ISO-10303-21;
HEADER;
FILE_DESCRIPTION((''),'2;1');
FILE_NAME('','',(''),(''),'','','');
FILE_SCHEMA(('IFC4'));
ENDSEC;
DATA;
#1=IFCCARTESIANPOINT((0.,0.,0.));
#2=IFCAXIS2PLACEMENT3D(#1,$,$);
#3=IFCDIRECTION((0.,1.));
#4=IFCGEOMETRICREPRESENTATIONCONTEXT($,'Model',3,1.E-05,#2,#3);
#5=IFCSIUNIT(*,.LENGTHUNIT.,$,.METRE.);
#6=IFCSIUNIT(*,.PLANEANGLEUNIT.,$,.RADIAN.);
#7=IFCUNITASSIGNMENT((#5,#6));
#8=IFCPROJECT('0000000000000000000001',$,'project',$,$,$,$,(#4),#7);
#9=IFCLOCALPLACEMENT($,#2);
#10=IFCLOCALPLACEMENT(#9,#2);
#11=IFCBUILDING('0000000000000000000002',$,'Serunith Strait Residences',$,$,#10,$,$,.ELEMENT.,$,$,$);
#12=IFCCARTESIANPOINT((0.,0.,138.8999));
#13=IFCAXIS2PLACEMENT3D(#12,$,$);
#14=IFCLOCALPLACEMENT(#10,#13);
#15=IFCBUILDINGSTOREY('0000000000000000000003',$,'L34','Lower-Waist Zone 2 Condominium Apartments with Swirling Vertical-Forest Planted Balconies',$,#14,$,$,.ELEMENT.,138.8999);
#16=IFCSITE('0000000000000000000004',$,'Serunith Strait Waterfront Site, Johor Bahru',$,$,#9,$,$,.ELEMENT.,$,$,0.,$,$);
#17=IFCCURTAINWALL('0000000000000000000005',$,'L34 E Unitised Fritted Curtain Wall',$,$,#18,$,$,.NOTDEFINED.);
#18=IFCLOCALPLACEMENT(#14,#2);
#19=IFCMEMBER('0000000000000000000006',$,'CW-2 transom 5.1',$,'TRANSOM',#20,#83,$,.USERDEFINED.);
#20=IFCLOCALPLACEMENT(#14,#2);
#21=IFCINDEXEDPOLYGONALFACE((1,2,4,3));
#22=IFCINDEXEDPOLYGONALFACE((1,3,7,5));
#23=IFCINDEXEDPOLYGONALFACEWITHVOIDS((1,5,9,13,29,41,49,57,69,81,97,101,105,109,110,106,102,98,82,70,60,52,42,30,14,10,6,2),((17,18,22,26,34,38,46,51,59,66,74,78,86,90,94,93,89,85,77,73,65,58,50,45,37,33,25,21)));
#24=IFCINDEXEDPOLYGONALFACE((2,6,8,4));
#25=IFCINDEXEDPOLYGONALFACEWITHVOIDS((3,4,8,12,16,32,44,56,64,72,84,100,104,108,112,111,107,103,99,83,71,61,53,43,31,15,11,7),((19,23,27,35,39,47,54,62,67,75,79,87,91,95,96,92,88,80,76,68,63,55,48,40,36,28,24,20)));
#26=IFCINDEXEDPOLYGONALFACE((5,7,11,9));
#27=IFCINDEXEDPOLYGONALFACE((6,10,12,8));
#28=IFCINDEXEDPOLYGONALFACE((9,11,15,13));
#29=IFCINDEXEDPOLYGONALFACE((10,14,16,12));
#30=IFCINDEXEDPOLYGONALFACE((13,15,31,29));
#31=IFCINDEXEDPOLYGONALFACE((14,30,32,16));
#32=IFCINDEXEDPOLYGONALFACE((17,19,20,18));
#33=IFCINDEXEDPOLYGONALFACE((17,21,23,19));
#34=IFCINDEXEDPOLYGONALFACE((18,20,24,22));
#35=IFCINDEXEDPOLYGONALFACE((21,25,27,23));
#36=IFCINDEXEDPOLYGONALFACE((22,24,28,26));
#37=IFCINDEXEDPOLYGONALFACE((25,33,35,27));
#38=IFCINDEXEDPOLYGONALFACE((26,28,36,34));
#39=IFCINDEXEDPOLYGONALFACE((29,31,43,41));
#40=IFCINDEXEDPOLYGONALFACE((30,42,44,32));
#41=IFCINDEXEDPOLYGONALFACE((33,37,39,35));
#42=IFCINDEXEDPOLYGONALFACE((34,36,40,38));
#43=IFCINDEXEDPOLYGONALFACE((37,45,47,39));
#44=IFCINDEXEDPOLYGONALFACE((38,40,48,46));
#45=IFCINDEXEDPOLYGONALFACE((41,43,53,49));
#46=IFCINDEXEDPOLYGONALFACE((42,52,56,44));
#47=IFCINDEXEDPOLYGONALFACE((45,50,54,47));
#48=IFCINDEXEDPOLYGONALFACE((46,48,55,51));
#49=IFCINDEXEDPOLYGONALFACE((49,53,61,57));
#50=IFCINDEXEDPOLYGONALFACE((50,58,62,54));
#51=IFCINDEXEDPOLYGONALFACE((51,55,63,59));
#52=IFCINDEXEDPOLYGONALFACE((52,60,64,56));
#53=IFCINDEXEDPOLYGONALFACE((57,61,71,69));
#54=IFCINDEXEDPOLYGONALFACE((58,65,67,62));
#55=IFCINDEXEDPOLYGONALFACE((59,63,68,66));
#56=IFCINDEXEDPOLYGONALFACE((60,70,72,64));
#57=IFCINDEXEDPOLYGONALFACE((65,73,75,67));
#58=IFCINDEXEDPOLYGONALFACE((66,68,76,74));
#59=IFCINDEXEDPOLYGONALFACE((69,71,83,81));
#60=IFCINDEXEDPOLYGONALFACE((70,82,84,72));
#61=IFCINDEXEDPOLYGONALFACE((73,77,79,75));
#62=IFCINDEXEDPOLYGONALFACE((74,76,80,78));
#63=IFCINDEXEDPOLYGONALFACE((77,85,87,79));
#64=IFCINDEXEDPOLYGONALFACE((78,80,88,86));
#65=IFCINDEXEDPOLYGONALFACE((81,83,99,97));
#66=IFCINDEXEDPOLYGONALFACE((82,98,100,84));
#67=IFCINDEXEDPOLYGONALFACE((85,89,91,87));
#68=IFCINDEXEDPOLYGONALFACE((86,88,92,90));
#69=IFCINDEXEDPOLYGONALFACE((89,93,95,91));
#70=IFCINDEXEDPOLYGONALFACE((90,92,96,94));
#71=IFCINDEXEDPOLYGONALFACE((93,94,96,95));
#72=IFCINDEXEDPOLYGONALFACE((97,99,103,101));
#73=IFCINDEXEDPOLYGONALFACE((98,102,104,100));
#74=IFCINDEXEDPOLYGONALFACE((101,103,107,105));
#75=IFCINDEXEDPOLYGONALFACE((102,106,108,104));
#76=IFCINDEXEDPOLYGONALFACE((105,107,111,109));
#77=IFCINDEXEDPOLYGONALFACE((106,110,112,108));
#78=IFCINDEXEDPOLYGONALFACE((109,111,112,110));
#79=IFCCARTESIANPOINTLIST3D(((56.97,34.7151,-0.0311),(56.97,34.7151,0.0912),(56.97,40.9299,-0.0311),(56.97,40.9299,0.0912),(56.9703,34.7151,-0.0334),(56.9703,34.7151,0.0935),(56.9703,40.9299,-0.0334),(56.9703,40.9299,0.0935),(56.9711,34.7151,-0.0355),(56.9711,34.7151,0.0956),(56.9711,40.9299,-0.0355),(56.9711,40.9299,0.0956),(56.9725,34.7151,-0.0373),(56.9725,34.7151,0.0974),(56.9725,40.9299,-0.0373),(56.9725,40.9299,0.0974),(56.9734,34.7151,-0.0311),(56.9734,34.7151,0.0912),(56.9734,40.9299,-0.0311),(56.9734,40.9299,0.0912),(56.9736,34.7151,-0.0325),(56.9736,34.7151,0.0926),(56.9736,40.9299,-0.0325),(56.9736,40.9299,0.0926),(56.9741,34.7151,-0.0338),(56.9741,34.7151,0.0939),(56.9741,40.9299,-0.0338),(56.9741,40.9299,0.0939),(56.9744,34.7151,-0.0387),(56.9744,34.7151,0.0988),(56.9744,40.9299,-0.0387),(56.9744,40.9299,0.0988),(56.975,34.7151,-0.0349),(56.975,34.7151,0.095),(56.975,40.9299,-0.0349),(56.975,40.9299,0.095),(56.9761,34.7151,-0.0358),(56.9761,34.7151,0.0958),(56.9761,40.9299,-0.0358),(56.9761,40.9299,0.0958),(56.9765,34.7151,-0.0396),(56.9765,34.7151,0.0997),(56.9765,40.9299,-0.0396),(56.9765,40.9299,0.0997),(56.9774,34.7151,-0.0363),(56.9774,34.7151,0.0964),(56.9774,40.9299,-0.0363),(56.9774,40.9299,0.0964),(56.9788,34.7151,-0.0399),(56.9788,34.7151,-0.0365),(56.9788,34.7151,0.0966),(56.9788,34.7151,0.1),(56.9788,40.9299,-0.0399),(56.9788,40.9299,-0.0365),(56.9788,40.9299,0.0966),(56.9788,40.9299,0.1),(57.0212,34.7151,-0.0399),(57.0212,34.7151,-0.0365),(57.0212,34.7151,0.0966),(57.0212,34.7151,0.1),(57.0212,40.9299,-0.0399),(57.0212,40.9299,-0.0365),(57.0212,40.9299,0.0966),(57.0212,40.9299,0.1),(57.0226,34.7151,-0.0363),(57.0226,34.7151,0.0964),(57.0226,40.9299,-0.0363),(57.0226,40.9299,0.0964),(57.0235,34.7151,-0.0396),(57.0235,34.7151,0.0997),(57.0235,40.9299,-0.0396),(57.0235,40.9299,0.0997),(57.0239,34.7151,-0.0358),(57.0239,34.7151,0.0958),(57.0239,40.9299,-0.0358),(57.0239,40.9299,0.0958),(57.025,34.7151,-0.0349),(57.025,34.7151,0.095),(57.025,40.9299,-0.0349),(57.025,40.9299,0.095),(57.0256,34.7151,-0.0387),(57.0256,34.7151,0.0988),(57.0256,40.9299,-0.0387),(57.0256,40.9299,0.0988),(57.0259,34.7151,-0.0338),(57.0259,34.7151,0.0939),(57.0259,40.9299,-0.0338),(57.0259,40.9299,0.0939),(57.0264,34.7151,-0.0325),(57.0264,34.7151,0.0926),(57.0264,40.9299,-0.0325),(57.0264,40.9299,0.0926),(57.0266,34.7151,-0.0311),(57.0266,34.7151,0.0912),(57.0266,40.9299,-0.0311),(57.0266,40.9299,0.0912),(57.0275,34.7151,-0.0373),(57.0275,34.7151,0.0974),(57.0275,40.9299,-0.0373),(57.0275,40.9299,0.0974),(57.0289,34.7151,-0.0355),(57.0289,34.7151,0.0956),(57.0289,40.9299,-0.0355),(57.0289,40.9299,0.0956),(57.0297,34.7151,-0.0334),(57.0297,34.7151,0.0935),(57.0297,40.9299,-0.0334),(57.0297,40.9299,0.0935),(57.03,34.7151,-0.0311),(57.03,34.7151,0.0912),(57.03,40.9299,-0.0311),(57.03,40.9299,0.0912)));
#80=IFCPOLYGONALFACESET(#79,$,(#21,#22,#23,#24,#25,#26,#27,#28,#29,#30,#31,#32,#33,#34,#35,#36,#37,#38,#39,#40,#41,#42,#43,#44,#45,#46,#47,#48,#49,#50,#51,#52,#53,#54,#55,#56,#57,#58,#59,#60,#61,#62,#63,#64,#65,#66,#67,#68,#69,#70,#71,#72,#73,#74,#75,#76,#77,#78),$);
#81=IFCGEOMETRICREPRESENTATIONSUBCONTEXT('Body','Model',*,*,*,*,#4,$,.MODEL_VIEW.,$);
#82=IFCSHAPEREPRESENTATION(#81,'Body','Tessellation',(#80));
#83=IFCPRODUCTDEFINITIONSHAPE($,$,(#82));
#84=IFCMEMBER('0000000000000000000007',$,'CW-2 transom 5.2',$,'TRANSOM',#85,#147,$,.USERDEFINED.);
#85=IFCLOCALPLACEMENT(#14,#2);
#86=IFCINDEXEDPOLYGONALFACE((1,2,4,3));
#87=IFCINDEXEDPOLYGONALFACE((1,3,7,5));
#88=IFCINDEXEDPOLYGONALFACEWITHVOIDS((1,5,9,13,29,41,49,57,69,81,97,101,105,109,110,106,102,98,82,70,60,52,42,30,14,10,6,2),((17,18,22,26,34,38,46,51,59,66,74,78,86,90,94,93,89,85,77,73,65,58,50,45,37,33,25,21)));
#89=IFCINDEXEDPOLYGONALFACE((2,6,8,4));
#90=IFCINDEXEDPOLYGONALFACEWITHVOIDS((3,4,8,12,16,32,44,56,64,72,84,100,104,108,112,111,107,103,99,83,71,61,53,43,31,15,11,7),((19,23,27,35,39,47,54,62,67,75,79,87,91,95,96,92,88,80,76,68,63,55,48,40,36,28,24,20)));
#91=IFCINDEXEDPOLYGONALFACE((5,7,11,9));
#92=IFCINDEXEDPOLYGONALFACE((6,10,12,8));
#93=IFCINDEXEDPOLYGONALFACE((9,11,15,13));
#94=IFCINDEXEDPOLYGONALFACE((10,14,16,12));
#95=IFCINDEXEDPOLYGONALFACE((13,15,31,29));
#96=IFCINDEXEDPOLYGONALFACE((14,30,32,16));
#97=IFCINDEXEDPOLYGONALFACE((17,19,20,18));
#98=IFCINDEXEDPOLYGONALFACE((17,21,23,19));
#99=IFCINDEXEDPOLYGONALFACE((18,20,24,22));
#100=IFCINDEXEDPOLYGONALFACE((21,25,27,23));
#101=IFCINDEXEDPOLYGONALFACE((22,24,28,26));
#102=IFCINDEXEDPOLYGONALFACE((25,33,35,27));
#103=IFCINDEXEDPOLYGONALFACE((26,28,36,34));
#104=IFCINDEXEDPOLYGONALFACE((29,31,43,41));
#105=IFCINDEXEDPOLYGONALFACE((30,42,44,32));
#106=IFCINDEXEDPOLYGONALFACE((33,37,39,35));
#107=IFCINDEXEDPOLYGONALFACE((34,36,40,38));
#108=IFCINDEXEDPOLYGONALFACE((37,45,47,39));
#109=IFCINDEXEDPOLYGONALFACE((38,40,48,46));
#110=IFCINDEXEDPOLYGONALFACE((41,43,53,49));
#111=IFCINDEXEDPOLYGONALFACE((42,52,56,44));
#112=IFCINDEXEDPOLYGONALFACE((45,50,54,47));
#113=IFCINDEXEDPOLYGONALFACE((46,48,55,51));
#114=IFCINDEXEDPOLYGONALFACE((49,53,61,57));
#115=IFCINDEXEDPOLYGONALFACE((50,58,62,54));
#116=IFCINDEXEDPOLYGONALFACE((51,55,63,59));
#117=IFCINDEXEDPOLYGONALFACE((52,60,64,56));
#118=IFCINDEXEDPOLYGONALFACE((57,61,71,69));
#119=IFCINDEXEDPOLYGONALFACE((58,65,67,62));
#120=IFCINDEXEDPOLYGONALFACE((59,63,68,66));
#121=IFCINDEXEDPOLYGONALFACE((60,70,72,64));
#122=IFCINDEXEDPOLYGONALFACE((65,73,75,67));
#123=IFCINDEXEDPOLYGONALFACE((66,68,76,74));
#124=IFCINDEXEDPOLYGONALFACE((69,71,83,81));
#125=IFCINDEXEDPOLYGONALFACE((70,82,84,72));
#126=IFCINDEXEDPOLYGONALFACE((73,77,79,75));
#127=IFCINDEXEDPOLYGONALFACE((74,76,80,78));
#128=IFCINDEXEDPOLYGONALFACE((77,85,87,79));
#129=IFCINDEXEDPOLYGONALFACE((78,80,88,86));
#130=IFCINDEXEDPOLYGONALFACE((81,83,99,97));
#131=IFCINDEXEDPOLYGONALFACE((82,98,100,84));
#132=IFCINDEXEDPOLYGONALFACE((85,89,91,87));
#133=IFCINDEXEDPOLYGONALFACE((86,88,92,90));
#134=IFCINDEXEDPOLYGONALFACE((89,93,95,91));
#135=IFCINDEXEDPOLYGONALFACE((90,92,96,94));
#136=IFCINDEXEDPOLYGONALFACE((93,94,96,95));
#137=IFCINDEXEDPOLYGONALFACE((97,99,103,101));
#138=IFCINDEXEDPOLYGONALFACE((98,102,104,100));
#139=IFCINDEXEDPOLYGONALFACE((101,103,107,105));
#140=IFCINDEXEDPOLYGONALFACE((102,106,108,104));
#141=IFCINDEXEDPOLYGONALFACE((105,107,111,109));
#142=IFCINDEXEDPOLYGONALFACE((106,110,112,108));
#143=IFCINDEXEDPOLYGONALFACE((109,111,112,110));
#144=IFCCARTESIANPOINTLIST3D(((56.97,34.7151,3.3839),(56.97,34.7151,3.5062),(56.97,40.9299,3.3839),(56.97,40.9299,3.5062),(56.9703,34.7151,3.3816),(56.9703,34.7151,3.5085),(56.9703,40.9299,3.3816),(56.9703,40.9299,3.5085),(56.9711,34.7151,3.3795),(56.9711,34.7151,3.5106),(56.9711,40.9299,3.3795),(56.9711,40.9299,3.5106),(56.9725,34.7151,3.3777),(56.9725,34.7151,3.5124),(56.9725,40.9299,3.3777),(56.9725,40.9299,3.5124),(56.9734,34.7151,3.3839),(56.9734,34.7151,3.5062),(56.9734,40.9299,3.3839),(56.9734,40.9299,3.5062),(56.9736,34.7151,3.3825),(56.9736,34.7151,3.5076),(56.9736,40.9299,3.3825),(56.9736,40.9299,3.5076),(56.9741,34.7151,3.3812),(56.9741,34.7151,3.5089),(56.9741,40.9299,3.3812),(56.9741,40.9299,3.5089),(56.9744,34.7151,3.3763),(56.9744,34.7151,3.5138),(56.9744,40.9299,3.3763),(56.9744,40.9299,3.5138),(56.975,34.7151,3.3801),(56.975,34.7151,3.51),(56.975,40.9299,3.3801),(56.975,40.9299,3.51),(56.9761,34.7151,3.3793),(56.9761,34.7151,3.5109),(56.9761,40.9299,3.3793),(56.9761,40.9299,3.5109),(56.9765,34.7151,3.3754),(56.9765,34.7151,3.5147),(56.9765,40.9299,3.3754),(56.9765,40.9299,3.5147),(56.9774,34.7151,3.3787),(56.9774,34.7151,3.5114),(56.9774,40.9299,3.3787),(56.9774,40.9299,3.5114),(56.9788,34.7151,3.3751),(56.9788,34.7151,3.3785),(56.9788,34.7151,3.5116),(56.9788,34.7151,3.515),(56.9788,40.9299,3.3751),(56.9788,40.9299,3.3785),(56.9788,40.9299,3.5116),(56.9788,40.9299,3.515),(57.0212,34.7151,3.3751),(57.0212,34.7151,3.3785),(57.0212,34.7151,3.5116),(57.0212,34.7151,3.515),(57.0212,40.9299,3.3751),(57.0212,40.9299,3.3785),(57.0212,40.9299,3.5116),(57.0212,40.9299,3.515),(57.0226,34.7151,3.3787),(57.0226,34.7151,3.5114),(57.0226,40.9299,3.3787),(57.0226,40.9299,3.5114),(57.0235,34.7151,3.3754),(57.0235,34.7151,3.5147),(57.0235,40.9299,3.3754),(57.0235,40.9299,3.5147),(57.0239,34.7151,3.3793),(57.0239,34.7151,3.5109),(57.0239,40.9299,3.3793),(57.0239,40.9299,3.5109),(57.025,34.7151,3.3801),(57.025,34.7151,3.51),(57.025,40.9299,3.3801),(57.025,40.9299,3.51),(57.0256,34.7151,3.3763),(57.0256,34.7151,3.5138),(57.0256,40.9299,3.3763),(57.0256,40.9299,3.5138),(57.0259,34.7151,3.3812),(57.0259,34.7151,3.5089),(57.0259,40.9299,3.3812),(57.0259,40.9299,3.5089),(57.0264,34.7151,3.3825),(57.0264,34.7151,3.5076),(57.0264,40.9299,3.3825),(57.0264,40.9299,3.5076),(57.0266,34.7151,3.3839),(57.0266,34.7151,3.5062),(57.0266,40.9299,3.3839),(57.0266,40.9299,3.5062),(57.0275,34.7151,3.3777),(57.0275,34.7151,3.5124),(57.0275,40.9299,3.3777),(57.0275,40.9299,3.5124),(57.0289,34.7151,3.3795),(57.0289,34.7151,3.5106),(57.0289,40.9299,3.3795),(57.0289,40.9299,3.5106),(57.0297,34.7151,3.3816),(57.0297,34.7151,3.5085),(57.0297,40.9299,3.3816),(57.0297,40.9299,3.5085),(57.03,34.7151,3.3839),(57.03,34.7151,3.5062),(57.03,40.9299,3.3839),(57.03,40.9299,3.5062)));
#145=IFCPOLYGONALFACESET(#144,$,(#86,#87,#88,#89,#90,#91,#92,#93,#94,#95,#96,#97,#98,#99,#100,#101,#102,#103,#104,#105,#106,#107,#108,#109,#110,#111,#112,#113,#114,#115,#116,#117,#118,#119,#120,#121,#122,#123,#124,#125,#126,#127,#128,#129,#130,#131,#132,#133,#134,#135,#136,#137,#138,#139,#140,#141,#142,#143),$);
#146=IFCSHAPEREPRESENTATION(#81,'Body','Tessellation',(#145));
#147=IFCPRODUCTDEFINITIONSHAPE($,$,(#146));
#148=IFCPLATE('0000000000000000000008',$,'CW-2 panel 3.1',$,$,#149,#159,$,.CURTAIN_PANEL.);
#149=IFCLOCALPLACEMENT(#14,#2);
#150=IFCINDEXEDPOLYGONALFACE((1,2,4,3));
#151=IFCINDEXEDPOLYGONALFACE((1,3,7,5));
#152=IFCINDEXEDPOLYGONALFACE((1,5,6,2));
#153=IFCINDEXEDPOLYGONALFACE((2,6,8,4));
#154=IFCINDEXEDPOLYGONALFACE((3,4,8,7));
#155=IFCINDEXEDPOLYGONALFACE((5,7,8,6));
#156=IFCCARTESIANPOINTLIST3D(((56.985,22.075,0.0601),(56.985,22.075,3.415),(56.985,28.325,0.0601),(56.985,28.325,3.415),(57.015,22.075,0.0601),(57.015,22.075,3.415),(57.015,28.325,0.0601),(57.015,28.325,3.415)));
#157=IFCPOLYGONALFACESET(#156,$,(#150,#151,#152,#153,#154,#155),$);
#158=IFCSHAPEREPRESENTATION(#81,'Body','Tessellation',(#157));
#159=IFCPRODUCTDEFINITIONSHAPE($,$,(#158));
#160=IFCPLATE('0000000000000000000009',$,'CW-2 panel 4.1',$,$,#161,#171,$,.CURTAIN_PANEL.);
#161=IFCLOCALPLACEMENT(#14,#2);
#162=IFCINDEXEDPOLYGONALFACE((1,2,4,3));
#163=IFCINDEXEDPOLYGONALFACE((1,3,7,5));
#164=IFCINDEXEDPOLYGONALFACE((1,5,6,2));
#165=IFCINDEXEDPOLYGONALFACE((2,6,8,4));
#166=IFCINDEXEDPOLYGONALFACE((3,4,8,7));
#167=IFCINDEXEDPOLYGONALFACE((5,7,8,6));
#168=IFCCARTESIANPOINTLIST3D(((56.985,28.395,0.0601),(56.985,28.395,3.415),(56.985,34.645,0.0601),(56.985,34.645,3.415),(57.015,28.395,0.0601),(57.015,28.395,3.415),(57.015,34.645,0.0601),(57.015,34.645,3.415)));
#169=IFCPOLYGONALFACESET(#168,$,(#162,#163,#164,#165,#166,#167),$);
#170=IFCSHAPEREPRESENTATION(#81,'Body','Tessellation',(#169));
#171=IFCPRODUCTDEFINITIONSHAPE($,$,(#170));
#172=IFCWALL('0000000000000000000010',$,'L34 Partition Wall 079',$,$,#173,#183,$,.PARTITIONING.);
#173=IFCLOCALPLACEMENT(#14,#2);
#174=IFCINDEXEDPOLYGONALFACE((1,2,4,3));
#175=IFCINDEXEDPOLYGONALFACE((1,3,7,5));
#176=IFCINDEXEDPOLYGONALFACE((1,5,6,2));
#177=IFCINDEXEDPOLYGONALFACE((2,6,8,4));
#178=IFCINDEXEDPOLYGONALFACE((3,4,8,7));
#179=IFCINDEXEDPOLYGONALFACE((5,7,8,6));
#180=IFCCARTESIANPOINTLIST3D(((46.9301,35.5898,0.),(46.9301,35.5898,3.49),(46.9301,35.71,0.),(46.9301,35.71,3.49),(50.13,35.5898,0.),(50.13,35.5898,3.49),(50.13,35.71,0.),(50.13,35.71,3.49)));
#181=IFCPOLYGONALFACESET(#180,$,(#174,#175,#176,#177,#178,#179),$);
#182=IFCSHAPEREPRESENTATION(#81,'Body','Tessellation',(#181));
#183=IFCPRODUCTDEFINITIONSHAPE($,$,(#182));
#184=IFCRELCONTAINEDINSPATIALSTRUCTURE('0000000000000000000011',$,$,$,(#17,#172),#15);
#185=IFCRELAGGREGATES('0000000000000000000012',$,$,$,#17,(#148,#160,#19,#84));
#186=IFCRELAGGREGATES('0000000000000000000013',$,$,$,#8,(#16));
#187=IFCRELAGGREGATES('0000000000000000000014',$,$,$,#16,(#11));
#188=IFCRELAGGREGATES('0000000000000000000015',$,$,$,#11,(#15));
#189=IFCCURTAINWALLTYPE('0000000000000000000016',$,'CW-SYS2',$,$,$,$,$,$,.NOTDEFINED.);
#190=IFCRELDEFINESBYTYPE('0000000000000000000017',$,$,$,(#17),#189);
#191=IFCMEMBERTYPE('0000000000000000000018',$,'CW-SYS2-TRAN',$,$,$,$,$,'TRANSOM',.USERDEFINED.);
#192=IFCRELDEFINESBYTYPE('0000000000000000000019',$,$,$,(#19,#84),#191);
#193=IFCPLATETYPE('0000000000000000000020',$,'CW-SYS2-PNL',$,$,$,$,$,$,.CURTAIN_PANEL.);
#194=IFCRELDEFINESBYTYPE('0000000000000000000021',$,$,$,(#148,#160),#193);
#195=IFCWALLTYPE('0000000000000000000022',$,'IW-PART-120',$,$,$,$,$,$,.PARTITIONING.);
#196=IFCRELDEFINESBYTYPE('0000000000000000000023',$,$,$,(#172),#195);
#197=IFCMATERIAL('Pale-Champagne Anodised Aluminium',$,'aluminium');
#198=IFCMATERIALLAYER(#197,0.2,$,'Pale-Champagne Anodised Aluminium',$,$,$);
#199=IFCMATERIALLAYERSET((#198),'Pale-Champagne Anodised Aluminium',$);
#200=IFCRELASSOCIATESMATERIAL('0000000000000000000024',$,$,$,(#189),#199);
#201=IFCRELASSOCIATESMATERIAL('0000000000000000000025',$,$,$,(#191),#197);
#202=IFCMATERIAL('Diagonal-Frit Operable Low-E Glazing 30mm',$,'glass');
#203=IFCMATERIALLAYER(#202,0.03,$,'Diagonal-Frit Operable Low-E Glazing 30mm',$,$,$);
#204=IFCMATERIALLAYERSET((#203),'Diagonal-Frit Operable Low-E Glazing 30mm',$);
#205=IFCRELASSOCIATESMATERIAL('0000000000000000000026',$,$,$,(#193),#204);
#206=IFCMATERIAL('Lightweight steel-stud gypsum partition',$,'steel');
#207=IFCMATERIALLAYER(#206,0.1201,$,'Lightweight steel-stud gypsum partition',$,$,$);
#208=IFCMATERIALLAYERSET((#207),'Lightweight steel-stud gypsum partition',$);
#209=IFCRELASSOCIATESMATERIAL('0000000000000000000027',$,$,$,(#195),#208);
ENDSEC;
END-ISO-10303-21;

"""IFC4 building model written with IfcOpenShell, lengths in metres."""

from ifc_helpers import new_model, si_unit, direction, frame, frame_2d, origin, origin_2d, place, context, subcontext, project, spatial, rectangle, hollow_rectangle, extrude, source, transform, mapped, material, layer, layer_set, material_profile, profile_set, type_object, element, aggregate, save


model = new_model("IFC4")

# Units and contexts
model_context = context("Model", 3, precision=1e-05, world=origin(), true_north=direction((0.0, 1.0)))
body_context = subcontext(model_context, "Body", "Model", "MODEL_VIEW")
ifc_project = project(units=[si_unit("LENGTHUNIT", "METRE"), si_unit("PLANEANGLEUNIT", "RADIAN")], contexts=[model_context])

# Site, building, storey
site_placement = place(None, origin())
site = spatial("IfcSite", under=ifc_project, at=site_placement, Name="Serunith Strait Waterfront Site, Johor Bahru", CompositionType="ELEMENT", RefElevation=0.0)
building_placement = place(site_placement, origin())
building = spatial("IfcBuilding", under=site, at=building_placement, Name="Serunith Strait Residences", CompositionType="ELEMENT")
storey_placement = place(building_placement, frame((0.0, 0.0, 138.8999)))
storey = spatial("IfcBuildingStorey", under=building, at=storey_placement, Name="L34", Description="Lower-Waist Zone 2 Condominium Apartments with Swirling Vertical-Forest Planted Balconies", CompositionType="ELEMENT", Elevation=138.8999)

# Curtain wall, members, plates
ifc_material_1 = material(Name="Pale-Champagne Anodised Aluminium", Category="aluminium")
ifc_layer_1 = layer(ifc_material_1, 0.2, Name="Pale-Champagne Anodised Aluminium")
ifc_layer_set_1 = layer_set([ifc_layer_1], Name="Pale-Champagne Anodised Aluminium")
curtain_wall_type = type_object("IfcCurtainWallType", Name="CW-SYS2", PredefinedType="NOTDEFINED", material=ifc_layer_set_1)
curtain_wall_placement = place(storey_placement, origin())
curtain_wall = element("IfcCurtainWall", 1, at=curtain_wall_placement, inside=storey, type_object=curtain_wall_type, Name="L34 E Unitised Fritted Curtain Wall", PredefinedType="NOTDEFINED")
ifc_material_profile_1 = material_profile(ifc_material_1, hollow_rectangle(XDim=0.0601, YDim=0.1399, WallThickness=0.0034, InnerFilletRadius=0.0054, OuterFilletRadius=0.0088, at=origin_2d()), Name="ALU 140x60x3.5")
ifc_profile_set_1 = profile_set([ifc_material_profile_1], Name="Pale-Champagne Anodised Aluminium")
member_type_1 = type_object("IfcMemberType", Name="CW-SYS2-TRAN", ElementType="TRANSOM", PredefinedType="USERDEFINED", material=ifc_profile_set_1)
shared_shape_1 = source(origin(), body_context, "Body", "SweptSolid", [
    extrude(hollow_rectangle(XDim=0.0601, YDim=0.1399, WallThickness=0.0034, InnerFilletRadius=0.0054, OuterFilletRadius=0.0088, at=origin_2d()), origin(), (0.0, 0.0, 1.0), 6.2148),
])
member_1_placement = place(storey_placement, frame((57.0, 34.7151, 0.03), z_axis=(0.0, 1.0, 0.0), x_axis=(-1.0, 0.0, 0.0)))
member_1 = element("IfcMember", 2, at=member_1_placement, type_object=member_type_1, Name="CW-2 transom 5.1", ObjectType="TRANSOM", PredefinedType="USERDEFINED", context=body_context, shape_type="MappedRepresentation", body=[
    mapped(shared_shape_1, transform((0.0, 0.0, 0.0), scale=1.0)),
])
member_2_placement = place(storey_placement, frame((57.0, 34.7151, 3.4451), z_axis=(0.0, 1.0, 0.0), x_axis=(-1.0, 0.0, 0.0)))
member_2 = element("IfcMember", 3, at=member_2_placement, type_object=member_type_1, Name="CW-2 transom 5.2", ObjectType="TRANSOM", PredefinedType="USERDEFINED", context=body_context, shape_type="MappedRepresentation", body=[
    mapped(shared_shape_1, transform((0.0, 0.0, 0.0), scale=1.0)),
])
ifc_material_2 = material(Name="Diagonal-Frit Operable Low-E Glazing 30mm", Category="glass")
ifc_layer_2 = layer(ifc_material_2, 0.03, Name="Diagonal-Frit Operable Low-E Glazing 30mm")
ifc_layer_set_2 = layer_set([ifc_layer_2], Name="Diagonal-Frit Operable Low-E Glazing 30mm")
plate_type = type_object("IfcPlateType", Name="CW-SYS2-PNL", PredefinedType="CURTAIN_PANEL", material=ifc_layer_set_2)
shared_shape_2 = source(origin(), body_context, "Body", "SweptSolid", [
    extrude(rectangle(XDim=6.25, YDim=0.03, at=origin_2d()), origin(), (0.0, 0.0, 1.0), 3.355),
])
plate_1_placement = place(storey_placement, frame((57.0, 25.2, 0.0601), z_axis=(0.0, 0.0, 1.0), x_axis=(0.0, 1.0, 0.0)))
plate_1 = element("IfcPlate", 4, at=plate_1_placement, type_object=plate_type, Name="CW-2 panel 3.1", PredefinedType="CURTAIN_PANEL", context=body_context, shape_type="MappedRepresentation", body=[
    mapped(shared_shape_2, transform((0.0, 0.0, 0.0), scale=1.0)),
])
plate_2_placement = place(storey_placement, frame((57.0, 31.52, 0.0601), z_axis=(0.0, 0.0, 1.0), x_axis=(0.0, 1.0, 0.0)))
plate_2 = element("IfcPlate", 5, at=plate_2_placement, type_object=plate_type, Name="CW-2 panel 4.1", PredefinedType="CURTAIN_PANEL", context=body_context, shape_type="MappedRepresentation", body=[
    mapped(shared_shape_2, transform((0.0, 0.0, 0.0), scale=1.0)),
])
aggregate(curtain_wall, [plate_1, plate_2, member_1, member_2])

# Wall
ifc_material_3 = material(Name="Lightweight steel-stud gypsum partition", Category="steel")
ifc_layer_3 = layer(ifc_material_3, 0.1201, Name="Lightweight steel-stud gypsum partition")
ifc_layer_set_3 = layer_set([ifc_layer_3], Name="Lightweight steel-stud gypsum partition")
wall_type_1 = type_object("IfcWallType", Name="IW-PART-120", PredefinedType="PARTITIONING", material=ifc_layer_set_3)
wall_1_placement = place(storey_placement, frame((46.9299, 35.6499, 0.0), z_axis=(0.0, 0.0, 1.0), x_axis=(1.0, 0.0, 0.0)))
element("IfcWall", 6, at=wall_1_placement, inside=storey, type_object=wall_type_1, Name="L34 Partition Wall 079", PredefinedType="PARTITIONING", context=body_context, shape_type="SweptSolid", body=[
    extrude(rectangle(XDim=3.2, YDim=0.1201, at=frame_2d((1.6001, 0.0))), origin(), (0.0, 0.0, 1.0), 3.49),
])

save(model, "model.ifc")
